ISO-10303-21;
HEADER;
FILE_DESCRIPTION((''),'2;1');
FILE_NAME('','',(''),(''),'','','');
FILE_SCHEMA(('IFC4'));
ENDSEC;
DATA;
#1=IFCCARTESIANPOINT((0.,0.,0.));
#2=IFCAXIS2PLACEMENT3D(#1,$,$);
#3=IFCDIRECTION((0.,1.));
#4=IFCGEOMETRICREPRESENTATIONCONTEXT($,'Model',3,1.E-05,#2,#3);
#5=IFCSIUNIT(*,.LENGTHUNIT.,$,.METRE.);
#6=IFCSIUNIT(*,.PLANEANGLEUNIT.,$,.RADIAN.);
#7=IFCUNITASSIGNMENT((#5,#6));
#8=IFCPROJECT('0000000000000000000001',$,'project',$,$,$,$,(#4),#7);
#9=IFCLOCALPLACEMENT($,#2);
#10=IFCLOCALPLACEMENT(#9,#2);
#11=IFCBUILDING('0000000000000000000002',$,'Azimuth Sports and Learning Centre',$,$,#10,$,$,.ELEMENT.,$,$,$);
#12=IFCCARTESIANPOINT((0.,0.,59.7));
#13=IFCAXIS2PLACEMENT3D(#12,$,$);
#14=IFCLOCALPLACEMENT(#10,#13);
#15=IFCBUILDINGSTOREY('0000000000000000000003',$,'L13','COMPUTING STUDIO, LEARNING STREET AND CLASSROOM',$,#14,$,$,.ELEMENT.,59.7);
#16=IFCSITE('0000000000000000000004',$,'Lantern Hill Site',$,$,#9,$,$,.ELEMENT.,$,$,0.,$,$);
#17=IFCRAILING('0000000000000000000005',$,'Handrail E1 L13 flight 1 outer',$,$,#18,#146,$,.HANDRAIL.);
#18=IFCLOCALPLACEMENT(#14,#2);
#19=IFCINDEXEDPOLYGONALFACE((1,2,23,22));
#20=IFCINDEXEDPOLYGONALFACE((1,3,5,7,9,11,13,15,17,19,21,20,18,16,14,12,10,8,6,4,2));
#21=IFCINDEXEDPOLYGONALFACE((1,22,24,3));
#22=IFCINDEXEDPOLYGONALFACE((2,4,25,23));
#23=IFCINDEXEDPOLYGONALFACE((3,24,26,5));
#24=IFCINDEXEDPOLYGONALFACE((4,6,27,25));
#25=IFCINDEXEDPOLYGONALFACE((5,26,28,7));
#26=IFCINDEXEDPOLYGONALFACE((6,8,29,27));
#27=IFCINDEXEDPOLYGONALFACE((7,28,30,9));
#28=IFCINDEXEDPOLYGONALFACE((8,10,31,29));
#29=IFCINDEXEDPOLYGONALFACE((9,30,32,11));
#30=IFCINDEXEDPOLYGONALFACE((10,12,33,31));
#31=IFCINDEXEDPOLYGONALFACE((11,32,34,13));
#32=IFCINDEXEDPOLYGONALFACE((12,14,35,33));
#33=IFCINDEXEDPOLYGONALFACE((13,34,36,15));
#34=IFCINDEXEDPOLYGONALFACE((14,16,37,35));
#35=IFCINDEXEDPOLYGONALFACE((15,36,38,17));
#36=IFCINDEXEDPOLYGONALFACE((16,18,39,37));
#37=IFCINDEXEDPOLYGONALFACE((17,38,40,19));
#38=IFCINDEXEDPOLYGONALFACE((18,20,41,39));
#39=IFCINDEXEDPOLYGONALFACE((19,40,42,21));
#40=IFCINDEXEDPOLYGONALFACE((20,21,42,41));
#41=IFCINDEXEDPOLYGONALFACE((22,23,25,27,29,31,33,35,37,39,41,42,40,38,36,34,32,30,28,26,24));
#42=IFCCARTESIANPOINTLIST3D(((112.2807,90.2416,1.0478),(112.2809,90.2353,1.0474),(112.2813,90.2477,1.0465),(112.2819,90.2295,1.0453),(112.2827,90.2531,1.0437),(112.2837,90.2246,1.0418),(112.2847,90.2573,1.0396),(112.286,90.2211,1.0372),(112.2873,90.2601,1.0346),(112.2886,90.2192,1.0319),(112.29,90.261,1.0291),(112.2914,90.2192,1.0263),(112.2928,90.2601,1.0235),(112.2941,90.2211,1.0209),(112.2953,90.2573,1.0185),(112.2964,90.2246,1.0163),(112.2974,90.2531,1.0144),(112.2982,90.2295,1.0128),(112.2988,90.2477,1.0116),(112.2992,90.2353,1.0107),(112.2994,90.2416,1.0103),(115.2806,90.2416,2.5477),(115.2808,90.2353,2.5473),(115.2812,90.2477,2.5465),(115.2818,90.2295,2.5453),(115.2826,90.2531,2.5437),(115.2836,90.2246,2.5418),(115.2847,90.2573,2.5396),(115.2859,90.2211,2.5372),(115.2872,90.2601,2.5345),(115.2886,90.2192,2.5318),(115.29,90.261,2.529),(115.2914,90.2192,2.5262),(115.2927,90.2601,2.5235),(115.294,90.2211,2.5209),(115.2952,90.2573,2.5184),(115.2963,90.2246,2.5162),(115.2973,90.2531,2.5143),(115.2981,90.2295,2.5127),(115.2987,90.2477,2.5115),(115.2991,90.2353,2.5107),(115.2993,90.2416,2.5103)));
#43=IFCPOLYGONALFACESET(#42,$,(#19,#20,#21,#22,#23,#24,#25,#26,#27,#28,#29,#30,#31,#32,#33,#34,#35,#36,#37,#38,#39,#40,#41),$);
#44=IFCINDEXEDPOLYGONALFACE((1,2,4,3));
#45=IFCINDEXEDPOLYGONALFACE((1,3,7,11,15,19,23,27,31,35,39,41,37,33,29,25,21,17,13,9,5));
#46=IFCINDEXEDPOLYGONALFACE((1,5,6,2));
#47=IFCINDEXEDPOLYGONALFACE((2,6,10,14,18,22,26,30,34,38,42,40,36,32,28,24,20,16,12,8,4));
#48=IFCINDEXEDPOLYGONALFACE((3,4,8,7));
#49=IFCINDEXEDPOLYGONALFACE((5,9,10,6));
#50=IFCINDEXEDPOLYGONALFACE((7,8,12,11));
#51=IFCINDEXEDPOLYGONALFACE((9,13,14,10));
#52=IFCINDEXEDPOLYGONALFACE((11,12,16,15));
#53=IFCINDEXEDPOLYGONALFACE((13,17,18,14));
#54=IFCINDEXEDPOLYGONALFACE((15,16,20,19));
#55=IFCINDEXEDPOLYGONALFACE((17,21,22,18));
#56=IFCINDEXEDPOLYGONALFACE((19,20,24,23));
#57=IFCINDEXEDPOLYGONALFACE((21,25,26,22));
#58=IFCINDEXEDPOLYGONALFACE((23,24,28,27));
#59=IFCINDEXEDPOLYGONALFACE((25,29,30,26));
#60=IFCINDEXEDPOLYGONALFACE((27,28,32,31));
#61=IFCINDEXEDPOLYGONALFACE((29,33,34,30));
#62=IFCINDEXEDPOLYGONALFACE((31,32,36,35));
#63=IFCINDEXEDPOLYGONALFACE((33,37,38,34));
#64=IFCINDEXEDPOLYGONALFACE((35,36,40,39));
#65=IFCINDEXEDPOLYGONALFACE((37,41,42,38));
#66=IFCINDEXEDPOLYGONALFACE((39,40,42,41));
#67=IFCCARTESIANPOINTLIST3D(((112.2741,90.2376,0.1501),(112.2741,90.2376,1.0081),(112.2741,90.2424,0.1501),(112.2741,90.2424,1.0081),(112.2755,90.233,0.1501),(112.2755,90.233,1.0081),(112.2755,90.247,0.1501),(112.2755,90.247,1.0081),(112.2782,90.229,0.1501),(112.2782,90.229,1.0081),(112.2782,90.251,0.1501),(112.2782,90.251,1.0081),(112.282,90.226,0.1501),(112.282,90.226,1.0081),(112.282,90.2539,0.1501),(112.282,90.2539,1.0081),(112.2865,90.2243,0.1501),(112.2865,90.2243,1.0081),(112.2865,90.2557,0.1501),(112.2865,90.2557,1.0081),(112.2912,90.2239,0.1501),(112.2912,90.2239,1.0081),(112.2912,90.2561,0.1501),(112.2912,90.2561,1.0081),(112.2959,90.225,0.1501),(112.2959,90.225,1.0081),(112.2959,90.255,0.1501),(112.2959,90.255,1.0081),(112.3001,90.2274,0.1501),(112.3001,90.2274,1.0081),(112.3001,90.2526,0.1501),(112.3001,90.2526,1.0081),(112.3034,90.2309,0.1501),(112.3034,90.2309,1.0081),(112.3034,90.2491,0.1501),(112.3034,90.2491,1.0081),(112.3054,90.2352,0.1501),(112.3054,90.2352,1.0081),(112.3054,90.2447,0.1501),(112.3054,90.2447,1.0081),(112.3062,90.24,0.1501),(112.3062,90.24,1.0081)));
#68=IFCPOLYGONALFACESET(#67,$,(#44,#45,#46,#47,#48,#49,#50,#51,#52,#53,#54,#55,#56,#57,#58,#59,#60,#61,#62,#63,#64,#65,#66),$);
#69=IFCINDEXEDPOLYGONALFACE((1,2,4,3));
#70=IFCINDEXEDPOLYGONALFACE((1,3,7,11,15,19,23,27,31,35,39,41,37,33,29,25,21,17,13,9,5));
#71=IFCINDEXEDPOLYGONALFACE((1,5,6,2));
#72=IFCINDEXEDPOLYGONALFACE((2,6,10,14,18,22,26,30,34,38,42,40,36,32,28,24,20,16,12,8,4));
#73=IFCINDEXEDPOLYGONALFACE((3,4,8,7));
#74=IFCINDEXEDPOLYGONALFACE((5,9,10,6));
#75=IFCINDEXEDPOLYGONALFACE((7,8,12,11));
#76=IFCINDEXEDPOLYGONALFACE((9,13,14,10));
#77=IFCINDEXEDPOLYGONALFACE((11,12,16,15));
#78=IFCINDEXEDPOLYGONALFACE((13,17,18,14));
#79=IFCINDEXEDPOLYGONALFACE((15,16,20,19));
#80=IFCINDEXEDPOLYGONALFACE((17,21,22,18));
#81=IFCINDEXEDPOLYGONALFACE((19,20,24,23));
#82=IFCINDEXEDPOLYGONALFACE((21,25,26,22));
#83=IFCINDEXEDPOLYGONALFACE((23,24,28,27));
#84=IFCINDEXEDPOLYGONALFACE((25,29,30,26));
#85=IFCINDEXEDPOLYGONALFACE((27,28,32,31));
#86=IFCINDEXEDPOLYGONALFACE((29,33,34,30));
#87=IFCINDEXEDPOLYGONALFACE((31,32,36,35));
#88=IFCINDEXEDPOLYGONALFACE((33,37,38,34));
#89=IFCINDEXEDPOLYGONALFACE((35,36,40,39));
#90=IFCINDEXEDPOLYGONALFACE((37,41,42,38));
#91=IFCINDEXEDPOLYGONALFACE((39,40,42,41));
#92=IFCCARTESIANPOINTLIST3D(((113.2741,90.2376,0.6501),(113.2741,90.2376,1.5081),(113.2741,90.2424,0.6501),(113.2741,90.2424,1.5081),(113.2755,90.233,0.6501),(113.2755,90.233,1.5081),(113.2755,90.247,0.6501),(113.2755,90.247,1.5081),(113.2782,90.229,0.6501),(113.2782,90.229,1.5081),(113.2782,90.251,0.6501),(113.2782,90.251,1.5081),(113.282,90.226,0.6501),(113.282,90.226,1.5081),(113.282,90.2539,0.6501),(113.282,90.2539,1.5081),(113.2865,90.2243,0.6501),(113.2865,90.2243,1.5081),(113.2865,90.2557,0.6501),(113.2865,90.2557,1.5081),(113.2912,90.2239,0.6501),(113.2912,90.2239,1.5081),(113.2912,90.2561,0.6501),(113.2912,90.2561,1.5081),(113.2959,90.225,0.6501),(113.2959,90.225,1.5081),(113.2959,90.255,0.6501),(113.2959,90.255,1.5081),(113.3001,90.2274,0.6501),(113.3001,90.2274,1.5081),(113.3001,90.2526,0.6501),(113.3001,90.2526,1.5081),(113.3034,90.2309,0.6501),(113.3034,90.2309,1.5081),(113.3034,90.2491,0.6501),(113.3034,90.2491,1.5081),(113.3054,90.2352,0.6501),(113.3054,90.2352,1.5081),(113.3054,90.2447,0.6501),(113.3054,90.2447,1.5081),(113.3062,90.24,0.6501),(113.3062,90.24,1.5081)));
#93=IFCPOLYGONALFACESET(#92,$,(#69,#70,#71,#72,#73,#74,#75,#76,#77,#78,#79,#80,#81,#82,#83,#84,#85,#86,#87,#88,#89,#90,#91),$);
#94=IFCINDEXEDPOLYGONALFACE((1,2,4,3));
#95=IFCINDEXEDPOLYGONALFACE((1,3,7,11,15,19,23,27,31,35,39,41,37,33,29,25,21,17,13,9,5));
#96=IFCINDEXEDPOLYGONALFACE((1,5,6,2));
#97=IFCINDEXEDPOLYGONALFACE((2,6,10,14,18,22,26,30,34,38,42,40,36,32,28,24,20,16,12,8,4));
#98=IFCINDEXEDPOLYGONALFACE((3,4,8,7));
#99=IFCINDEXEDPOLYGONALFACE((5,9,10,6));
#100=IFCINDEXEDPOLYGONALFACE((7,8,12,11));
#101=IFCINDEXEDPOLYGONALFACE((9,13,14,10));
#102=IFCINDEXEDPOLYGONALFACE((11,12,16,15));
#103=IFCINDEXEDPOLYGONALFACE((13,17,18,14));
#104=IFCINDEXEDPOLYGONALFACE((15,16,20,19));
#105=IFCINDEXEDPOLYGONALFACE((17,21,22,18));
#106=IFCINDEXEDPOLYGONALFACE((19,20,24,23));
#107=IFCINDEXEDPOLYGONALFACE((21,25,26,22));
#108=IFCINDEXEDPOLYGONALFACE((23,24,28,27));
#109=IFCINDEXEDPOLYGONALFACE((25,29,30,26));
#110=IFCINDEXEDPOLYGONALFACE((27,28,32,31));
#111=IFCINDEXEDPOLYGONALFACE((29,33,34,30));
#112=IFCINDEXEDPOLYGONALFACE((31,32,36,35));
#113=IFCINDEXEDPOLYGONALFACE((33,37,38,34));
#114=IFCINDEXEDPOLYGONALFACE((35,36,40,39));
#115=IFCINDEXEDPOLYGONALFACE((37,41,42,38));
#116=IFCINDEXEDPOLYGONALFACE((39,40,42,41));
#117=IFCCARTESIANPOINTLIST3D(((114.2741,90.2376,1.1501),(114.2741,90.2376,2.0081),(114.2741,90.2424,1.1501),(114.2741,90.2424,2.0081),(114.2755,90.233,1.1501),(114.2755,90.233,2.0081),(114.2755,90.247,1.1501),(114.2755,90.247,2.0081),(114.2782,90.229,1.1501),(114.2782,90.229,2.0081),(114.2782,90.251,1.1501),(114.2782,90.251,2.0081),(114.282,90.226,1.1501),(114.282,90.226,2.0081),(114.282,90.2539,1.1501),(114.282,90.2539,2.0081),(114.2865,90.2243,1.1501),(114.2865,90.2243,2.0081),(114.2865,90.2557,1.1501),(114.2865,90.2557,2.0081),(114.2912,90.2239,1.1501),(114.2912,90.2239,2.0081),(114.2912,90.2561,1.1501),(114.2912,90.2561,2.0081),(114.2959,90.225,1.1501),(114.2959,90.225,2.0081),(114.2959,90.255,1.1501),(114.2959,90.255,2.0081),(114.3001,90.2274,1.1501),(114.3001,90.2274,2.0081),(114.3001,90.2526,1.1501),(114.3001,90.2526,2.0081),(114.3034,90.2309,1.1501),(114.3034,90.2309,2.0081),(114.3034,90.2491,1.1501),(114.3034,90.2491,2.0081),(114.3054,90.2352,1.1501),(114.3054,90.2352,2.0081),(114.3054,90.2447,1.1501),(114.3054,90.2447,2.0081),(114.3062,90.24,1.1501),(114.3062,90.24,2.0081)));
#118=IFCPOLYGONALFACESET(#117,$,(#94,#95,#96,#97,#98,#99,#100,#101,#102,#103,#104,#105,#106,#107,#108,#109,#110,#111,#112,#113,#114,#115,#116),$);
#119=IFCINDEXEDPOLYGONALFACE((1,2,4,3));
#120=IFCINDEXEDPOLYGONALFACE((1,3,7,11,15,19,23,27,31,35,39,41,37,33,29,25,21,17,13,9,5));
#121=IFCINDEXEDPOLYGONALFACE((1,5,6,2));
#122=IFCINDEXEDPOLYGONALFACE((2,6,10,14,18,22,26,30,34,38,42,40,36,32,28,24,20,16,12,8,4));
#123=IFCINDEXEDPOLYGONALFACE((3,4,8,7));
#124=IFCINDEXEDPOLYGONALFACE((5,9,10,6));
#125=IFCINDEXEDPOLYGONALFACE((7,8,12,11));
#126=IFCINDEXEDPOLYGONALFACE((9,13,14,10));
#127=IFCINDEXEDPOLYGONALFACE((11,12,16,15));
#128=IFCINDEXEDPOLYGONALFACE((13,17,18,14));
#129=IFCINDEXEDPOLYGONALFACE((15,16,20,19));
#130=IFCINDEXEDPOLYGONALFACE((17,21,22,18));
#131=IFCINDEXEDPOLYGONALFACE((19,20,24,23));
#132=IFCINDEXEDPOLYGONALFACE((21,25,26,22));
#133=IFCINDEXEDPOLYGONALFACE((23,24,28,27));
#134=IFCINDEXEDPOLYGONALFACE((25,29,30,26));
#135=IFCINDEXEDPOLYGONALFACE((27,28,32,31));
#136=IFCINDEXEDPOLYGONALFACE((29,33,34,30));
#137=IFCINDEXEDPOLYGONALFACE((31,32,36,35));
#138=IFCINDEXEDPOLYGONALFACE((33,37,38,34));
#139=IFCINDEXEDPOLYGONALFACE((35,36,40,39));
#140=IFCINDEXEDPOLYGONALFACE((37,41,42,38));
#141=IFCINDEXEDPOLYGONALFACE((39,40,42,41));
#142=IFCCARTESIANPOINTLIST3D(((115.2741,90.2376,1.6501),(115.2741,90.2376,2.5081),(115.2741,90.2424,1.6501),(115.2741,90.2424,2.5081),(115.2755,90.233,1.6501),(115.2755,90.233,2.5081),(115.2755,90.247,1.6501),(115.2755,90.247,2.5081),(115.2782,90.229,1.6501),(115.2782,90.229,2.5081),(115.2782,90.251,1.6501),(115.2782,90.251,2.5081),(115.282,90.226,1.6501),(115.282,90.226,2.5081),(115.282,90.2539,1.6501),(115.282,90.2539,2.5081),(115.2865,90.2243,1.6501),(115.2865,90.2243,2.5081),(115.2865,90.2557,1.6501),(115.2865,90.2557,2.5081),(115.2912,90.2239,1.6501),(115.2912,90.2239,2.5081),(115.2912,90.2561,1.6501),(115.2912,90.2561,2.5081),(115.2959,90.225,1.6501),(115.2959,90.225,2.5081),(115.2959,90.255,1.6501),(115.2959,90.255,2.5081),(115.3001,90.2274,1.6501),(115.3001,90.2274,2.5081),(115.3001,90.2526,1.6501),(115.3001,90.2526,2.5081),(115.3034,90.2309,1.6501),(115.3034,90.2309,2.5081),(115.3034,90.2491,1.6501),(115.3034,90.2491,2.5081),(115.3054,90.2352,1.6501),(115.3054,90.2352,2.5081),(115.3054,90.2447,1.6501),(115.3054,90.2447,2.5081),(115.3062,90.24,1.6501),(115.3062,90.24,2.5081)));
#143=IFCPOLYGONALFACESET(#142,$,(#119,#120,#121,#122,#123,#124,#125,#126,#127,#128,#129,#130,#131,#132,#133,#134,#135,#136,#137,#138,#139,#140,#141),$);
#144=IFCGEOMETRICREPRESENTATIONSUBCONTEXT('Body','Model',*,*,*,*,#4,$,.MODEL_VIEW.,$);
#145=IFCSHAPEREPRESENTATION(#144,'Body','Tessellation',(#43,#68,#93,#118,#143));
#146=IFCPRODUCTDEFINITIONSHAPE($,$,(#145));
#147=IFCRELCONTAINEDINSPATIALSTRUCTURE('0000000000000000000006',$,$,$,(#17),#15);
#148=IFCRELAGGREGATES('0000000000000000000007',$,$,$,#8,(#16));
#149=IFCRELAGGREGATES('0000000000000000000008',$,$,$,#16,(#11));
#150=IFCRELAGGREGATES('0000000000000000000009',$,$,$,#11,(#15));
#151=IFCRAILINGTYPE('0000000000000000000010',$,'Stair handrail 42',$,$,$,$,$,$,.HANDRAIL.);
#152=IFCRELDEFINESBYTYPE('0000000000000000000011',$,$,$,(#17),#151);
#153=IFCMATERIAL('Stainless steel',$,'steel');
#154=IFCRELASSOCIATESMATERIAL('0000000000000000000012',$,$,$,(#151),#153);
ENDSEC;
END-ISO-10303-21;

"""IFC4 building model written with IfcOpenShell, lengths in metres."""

from ifc_helpers import new_model, si_unit, direction, frame, origin, origin_2d, place, context, subcontext, project, spatial, circle, extrude, material, type_object, element, save


model = new_model("IFC4")

# Units and contexts
model_context = context("Model", 3, precision=1e-05, world=origin(), true_north=direction((0.0, 1.0)))
body_context = subcontext(model_context, "Body", "Model", "MODEL_VIEW")
ifc_project = project(units=[si_unit("LENGTHUNIT", "METRE"), si_unit("PLANEANGLEUNIT", "RADIAN")], contexts=[model_context])

# Site, building, storey
site_placement = place(None, origin())
site = spatial("IfcSite", under=ifc_project, at=site_placement, Name="Lantern Hill Site", CompositionType="ELEMENT", RefElevation=0.0)
building_placement = place(site_placement, origin())
building = spatial("IfcBuilding", under=site, at=building_placement, Name="Azimuth Sports and Learning Centre", CompositionType="ELEMENT")
storey_placement = place(building_placement, frame((0.0, 0.0, 59.7)))
storey = spatial("IfcBuildingStorey", under=building, at=storey_placement, Name="L13", Description="COMPUTING STUDIO, LEARNING STREET AND CLASSROOM", CompositionType="ELEMENT", Elevation=59.7)

# Railing
ifc_material_1 = material(Name="Stainless steel", Category="steel")
railing_type_1 = type_object("IfcRailingType", Name="Stair handrail 42", PredefinedType="HANDRAIL", material=ifc_material_1)
for number, where, name in (
    (1, (112.29, 90.24, 0.1501), "Handrail E1 L13 flight 1 outer"),
):
    element("IfcRailing", number, at=place(storey_placement, frame(where)), inside=storey, type_object=railing_type_1, Name=name, PredefinedType="HANDRAIL", context=body_context, shape_type="SweptSolid", body=[
        extrude(circle(Radius=0.021, at=origin_2d()), frame((0.0, 0.0, 0.8789), z_axis=(0.894427, 0.0, 0.447214), x_axis=(0.0, 1.0, 0.0)), (0.0, 0.0, 1.0), 3.354),
        extrude(circle(Radius=0.0161, at=origin_2d()), origin(), (0.0, 0.0, 1.0), 0.8579),
        extrude(circle(Radius=0.0161, at=origin_2d()), frame((1.0, 0.0, 0.5)), (0.0, 0.0, 1.0), 0.8579),
        extrude(circle(Radius=0.0161, at=origin_2d()), frame((2.0, 0.0, 1.0)), (0.0, 0.0, 1.0), 0.8579),
        extrude(circle(Radius=0.0161, at=origin_2d()), frame((3.0, 0.0, 1.5)), (0.0, 0.0, 1.0), 0.8579),
    ])

save(model, "model.ifc")
